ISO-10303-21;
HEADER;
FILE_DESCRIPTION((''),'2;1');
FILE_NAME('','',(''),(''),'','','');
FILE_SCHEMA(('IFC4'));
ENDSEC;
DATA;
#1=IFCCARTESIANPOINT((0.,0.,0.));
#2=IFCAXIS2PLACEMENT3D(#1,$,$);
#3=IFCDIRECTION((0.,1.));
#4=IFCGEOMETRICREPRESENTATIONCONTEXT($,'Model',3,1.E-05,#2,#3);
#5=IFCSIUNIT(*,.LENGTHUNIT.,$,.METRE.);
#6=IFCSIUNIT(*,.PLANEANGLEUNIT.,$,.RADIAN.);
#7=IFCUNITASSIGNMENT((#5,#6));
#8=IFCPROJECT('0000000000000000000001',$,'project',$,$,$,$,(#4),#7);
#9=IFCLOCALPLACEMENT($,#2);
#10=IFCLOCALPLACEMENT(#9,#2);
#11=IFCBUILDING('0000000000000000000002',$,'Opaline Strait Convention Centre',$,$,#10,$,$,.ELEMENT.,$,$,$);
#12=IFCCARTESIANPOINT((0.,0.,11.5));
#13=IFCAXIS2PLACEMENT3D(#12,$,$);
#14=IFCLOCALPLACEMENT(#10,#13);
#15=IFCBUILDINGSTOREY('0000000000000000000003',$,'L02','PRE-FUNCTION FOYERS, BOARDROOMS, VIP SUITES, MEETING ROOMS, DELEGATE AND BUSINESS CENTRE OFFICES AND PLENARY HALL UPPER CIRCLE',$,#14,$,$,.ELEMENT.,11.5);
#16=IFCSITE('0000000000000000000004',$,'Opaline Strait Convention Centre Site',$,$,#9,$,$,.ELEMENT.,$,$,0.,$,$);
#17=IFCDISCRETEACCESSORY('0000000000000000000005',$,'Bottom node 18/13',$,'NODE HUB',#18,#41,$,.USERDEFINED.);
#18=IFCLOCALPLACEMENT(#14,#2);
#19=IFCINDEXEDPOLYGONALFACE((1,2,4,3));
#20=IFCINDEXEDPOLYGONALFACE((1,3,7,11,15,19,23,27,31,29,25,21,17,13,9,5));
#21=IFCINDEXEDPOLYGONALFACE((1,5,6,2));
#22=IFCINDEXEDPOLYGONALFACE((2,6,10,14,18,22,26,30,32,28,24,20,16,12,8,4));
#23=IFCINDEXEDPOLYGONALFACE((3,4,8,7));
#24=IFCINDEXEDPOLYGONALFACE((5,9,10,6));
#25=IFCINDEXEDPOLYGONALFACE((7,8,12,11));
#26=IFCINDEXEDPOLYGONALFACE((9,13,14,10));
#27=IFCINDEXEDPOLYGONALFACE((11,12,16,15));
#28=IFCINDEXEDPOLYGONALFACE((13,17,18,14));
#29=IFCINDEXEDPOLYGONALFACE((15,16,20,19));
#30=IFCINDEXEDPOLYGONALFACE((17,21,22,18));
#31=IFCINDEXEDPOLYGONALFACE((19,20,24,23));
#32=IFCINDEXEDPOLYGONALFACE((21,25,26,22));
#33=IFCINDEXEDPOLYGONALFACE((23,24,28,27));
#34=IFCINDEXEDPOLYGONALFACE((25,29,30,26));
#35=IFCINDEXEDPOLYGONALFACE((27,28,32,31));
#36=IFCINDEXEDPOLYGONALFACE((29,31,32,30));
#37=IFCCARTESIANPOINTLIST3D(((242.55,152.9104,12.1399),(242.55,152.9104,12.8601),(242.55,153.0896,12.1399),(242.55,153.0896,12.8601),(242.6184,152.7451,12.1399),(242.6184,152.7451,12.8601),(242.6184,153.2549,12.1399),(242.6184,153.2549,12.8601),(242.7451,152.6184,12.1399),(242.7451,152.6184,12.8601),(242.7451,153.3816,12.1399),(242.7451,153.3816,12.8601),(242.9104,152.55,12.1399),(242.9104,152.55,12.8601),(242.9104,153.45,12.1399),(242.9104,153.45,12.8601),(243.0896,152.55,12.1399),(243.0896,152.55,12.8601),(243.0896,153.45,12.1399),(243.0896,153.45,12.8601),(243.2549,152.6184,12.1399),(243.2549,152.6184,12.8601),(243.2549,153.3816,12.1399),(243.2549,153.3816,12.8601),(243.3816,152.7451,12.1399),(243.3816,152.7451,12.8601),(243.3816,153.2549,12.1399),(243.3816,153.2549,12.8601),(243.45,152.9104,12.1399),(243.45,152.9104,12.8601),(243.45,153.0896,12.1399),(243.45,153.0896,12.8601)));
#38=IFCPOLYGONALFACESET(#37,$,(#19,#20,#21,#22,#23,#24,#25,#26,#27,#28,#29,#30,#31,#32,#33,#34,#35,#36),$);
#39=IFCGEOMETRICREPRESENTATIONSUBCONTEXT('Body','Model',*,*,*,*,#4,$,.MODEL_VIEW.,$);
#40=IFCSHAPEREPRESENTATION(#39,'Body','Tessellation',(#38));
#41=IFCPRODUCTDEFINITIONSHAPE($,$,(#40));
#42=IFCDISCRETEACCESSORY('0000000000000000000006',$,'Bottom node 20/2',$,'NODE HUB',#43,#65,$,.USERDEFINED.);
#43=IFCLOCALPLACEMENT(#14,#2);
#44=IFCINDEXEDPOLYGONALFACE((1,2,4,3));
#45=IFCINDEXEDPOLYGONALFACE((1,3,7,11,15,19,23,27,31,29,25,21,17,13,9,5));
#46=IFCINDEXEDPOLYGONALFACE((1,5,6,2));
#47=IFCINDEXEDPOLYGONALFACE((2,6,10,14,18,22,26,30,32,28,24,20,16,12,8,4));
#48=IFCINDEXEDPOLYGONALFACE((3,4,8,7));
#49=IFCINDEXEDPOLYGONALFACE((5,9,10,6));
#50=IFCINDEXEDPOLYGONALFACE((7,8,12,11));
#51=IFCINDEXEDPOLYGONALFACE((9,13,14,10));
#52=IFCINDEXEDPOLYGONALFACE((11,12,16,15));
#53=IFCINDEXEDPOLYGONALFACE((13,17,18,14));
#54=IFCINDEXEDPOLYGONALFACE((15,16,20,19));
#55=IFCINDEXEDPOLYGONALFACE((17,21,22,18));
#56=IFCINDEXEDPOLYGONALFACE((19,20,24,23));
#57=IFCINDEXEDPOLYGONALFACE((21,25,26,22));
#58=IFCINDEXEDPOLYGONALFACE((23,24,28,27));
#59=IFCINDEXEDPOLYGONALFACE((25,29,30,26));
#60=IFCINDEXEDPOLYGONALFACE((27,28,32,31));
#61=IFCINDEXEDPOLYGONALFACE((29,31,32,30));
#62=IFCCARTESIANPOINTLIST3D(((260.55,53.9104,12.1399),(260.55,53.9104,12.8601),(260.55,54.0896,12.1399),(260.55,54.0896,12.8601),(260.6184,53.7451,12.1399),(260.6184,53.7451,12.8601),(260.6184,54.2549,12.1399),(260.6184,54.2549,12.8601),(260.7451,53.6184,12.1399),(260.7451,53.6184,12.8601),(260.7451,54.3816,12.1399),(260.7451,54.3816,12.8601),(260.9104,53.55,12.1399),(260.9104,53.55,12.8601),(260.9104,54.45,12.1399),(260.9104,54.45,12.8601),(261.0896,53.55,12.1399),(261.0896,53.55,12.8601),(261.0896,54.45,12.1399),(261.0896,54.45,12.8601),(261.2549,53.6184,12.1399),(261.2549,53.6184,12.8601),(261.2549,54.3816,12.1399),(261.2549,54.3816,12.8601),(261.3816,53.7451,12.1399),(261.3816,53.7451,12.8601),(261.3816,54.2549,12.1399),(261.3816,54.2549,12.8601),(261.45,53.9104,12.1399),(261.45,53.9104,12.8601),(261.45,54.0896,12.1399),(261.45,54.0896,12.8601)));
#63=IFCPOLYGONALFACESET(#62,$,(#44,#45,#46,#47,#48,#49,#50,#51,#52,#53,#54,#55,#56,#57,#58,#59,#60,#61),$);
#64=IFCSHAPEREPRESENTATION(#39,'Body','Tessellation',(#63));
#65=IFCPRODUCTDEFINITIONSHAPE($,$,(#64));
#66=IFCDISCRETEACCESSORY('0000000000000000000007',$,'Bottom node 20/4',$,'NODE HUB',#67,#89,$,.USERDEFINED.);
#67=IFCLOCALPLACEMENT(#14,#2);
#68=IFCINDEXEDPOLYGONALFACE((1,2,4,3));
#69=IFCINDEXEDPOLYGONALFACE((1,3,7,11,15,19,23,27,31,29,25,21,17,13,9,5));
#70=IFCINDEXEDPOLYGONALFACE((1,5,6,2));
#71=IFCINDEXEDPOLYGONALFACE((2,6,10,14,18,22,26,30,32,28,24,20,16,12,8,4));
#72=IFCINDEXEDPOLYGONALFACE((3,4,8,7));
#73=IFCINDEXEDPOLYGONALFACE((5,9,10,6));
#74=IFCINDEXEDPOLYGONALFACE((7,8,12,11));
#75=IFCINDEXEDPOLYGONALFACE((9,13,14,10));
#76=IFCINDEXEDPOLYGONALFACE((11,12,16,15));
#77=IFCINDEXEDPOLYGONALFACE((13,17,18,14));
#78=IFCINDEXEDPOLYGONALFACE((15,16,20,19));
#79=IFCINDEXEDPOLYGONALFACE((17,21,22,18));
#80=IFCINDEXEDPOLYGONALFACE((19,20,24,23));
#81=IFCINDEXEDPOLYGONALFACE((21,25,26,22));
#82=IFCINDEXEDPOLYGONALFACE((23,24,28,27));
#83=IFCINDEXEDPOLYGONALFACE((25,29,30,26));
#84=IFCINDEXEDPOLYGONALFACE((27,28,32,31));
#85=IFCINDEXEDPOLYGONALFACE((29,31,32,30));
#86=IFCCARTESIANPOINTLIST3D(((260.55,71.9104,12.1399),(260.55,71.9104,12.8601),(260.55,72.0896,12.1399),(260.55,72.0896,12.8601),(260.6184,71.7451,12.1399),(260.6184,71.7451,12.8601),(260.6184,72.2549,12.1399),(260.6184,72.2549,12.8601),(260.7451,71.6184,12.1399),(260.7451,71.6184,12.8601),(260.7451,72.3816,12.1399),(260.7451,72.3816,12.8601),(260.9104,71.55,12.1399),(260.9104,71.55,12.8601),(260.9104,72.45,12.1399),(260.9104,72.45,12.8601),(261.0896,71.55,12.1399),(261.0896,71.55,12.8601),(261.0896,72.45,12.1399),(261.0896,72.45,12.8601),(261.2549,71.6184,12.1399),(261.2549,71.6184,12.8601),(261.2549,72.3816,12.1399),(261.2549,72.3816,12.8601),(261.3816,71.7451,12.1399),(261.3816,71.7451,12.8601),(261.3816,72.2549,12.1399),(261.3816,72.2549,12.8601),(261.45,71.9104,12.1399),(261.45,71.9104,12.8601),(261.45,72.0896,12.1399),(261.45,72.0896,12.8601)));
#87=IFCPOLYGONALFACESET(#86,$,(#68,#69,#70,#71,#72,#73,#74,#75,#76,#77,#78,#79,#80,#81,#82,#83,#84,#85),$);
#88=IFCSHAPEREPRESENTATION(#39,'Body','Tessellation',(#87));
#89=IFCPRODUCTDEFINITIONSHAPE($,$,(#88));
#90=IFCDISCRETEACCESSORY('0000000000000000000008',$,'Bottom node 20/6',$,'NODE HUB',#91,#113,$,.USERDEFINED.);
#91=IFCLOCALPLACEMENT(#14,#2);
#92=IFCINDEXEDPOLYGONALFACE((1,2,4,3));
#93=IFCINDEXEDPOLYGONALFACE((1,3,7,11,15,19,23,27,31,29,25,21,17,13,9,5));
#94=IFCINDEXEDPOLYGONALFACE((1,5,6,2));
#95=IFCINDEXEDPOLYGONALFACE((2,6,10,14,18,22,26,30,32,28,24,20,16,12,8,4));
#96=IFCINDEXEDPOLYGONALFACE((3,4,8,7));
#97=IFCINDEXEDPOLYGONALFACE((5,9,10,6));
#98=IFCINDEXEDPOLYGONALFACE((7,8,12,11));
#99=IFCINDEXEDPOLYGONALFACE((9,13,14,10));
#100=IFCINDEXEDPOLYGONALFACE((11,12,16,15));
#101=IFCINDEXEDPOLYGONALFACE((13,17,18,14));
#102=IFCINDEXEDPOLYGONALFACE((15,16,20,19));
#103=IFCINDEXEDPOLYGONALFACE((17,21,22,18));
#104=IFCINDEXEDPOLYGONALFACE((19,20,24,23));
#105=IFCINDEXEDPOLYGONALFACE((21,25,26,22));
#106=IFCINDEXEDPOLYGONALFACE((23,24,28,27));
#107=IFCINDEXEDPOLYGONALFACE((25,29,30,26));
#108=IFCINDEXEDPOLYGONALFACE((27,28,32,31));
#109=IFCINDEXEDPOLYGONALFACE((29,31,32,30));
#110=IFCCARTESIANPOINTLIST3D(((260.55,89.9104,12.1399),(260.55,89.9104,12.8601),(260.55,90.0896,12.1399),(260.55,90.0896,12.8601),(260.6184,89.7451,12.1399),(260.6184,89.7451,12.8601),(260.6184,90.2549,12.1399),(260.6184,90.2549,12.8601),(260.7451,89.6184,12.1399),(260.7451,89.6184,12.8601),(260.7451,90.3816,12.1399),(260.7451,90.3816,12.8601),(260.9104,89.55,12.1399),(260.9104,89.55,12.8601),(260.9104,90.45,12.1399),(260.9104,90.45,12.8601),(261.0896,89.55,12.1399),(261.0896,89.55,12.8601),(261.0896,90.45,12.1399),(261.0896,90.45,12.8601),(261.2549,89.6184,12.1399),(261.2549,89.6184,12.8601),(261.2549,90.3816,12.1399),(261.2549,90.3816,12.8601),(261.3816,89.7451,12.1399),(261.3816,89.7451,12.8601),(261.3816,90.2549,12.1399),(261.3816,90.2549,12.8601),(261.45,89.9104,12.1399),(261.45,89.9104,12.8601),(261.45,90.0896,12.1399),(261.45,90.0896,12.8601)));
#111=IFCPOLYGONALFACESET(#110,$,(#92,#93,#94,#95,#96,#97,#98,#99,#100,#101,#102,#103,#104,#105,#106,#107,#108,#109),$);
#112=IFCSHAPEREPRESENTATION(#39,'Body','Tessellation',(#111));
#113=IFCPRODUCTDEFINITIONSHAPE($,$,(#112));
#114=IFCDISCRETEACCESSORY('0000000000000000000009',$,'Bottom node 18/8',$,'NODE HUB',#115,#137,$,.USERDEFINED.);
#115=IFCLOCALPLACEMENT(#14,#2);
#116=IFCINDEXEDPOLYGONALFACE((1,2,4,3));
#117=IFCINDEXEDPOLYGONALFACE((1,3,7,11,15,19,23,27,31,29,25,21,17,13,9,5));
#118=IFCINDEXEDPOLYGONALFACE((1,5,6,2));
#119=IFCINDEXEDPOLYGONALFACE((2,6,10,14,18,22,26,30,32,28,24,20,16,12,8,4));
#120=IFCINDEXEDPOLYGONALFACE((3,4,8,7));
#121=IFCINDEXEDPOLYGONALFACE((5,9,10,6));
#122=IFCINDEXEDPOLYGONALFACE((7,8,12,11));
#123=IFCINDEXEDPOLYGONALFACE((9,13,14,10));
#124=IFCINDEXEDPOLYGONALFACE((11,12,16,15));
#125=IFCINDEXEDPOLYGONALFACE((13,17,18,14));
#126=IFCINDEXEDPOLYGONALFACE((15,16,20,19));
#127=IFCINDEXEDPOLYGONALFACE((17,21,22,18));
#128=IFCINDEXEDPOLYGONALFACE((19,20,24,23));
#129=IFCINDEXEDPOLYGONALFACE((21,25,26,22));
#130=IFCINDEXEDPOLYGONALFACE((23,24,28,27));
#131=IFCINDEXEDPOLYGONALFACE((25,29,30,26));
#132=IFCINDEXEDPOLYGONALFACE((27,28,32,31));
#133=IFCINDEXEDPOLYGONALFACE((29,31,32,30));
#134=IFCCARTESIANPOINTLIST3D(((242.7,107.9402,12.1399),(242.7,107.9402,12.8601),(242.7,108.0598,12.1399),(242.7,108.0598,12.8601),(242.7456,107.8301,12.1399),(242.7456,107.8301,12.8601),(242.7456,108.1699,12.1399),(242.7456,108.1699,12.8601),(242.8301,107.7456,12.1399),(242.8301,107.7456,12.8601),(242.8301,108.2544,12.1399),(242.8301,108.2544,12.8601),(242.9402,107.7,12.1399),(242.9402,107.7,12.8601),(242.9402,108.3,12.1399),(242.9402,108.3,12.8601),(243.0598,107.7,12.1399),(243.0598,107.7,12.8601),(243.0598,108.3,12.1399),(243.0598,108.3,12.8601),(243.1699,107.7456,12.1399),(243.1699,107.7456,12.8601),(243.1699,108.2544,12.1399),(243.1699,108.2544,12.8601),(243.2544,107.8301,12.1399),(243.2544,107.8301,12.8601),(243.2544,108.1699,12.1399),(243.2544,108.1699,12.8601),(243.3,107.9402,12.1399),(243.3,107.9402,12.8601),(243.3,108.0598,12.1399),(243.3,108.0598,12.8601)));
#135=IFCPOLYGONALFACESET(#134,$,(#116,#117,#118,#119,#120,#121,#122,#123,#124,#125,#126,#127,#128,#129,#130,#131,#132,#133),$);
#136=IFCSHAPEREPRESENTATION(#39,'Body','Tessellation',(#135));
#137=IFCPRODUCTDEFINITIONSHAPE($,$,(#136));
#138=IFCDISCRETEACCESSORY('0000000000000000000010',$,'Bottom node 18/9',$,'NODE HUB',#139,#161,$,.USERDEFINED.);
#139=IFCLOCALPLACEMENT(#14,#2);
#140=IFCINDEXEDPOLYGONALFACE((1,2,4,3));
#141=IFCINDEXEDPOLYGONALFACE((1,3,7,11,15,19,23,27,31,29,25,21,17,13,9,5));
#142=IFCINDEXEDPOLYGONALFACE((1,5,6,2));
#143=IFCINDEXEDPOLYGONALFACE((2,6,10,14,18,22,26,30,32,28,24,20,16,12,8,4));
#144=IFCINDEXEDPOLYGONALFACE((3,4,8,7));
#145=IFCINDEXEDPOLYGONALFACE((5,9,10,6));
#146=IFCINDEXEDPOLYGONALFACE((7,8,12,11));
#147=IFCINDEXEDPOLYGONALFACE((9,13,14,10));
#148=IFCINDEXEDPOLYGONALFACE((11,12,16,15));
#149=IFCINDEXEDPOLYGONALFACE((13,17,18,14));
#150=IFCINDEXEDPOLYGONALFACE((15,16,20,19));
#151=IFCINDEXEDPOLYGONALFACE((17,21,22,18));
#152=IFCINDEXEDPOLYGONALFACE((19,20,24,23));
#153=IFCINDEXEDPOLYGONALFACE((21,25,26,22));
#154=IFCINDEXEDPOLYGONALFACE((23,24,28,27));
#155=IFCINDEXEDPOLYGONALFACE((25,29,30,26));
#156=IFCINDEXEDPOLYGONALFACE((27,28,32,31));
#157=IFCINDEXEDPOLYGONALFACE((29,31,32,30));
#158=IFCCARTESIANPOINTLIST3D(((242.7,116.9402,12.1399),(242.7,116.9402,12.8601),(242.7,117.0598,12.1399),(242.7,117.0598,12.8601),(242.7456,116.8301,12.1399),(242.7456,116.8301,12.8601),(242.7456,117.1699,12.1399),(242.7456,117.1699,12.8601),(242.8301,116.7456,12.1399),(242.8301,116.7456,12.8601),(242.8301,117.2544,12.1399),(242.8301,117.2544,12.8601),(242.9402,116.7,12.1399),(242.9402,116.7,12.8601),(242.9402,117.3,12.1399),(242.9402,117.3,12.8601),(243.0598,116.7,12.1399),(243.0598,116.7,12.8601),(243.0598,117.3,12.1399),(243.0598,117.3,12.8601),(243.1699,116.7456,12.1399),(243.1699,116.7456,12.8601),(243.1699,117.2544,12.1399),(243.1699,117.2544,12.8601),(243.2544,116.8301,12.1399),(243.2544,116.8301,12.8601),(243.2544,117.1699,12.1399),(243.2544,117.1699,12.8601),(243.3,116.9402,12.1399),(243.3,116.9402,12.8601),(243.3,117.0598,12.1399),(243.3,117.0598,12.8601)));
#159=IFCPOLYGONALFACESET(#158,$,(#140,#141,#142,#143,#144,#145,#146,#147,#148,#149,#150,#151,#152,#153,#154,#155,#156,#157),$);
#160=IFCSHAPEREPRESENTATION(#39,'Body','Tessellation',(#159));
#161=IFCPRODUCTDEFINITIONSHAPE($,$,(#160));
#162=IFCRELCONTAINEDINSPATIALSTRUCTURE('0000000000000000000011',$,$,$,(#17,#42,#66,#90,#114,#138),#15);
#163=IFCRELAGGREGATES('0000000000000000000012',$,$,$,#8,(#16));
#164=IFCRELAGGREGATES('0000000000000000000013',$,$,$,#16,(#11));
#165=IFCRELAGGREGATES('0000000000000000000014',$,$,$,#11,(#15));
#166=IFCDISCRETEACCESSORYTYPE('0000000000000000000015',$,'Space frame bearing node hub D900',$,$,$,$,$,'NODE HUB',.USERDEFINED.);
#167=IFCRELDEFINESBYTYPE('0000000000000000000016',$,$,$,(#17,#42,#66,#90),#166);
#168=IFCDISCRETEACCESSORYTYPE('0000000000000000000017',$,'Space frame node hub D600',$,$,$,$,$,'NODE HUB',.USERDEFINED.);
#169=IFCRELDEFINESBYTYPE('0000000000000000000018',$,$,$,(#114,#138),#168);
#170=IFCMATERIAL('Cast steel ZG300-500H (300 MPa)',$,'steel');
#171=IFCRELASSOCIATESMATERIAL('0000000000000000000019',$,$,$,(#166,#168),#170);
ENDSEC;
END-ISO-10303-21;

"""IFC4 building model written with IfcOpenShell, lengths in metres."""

from ifc_helpers import new_model, si_unit, direction, frame, origin, place, context, subcontext, project, spatial, polyline, outline, extrude, material, type_object, element, save


model = new_model("IFC4")

# Units and contexts
model_context = context("Model", 3, precision=1e-05, world=origin(), true_north=direction((0.0, 1.0)))
body_context = subcontext(model_context, "Body", "Model", "MODEL_VIEW")
ifc_project = project(units=[si_unit("LENGTHUNIT", "METRE"), si_unit("PLANEANGLEUNIT", "RADIAN")], contexts=[model_context])

# Site, building, storey
site_placement = place(None, origin())
site = spatial("IfcSite", under=ifc_project, at=site_placement, Name="Opaline Strait Convention Centre Site", CompositionType="ELEMENT", RefElevation=0.0)
building_placement = place(site_placement, origin())
building = spatial("IfcBuilding", under=site, at=building_placement, Name="Opaline Strait Convention Centre", CompositionType="ELEMENT")
storey_placement = place(building_placement, frame((0.0, 0.0, 11.5)))
storey = spatial("IfcBuildingStorey", under=building, at=storey_placement, Name="L02", Description="PRE-FUNCTION FOYERS, BOARDROOMS, VIP SUITES, MEETING ROOMS, DELEGATE AND BUSINESS CENTRE OFFICES AND PLENARY HALL UPPER CIRCLE", CompositionType="ELEMENT", Elevation=11.5)

# Discrete accessories
ifc_material = material(Name="Cast steel ZG300-500H (300 MPa)", Category="steel")
discrete_accessory_type_1 = type_object("IfcDiscreteAccessoryType", Name="Space frame bearing node hub D900", ElementType="NODE HUB", PredefinedType="USERDEFINED", material=ifc_material)
discrete_accessory_1_placement = place(storey_placement, frame((0.0, 0.0, 12.1399)))
element("IfcDiscreteAccessory", 1, at=discrete_accessory_1_placement, inside=storey, type_object=discrete_accessory_type_1, Name="Bottom node 18/13", ObjectType="NODE HUB", PredefinedType="USERDEFINED", context=body_context, shape_type="SweptSolid", body=[
    extrude(outline(polyline([(243.45, 153.0896), (243.3816, 153.2549), (243.2549, 153.3816), (243.0896, 153.45), (242.9104, 153.45), (242.7451, 153.3816), (242.6184, 153.2549), (242.55, 153.0896), (242.55, 152.9104), (242.6184, 152.7451), (242.7451, 152.6184), (242.9104, 152.55), (243.0896, 152.55), (243.2549, 152.6184), (243.3816, 152.7451), (243.45, 152.9104), (243.45, 153.0896)])), origin(), (0.0, 0.0, 1.0), 0.7202),
])
discrete_accessory_2_placement = place(storey_placement, frame((0.0, 0.0, 12.1399)))
element("IfcDiscreteAccessory", 2, at=discrete_accessory_2_placement, inside=storey, type_object=discrete_accessory_type_1, Name="Bottom node 20/2", ObjectType="NODE HUB", PredefinedType="USERDEFINED", context=body_context, shape_type="SweptSolid", body=[
    extrude(outline(polyline([(261.45, 54.0896), (261.3816, 54.2549), (261.2549, 54.3816), (261.0896, 54.45), (260.9104, 54.45), (260.7451, 54.3816), (260.6184, 54.2549), (260.55, 54.0896), (260.55, 53.9104), (260.6184, 53.7451), (260.7451, 53.6184), (260.9104, 53.55), (261.0896, 53.55), (261.2549, 53.6184), (261.3816, 53.7451), (261.45, 53.9104), (261.45, 54.0896)])), origin(), (0.0, 0.0, 1.0), 0.7202),
])
discrete_accessory_3_placement = place(storey_placement, frame((0.0, 0.0, 12.1399)))
element("IfcDiscreteAccessory", 3, at=discrete_accessory_3_placement, inside=storey, type_object=discrete_accessory_type_1, Name="Bottom node 20/4", ObjectType="NODE HUB", PredefinedType="USERDEFINED", context=body_context, shape_type="SweptSolid", body=[
    extrude(outline(polyline([(261.45, 72.0896), (261.3816, 72.2549), (261.2549, 72.3816), (261.0896, 72.45), (260.9104, 72.45), (260.7451, 72.3816), (260.6184, 72.2549), (260.55, 72.0896), (260.55, 71.9104), (260.6184, 71.7451), (260.7451, 71.6184), (260.9104, 71.55), (261.0896, 71.55), (261.2549, 71.6184), (261.3816, 71.7451), (261.45, 71.9104), (261.45, 72.0896)])), origin(), (0.0, 0.0, 1.0), 0.7202),
])
discrete_accessory_4_placement = place(storey_placement, frame((0.0, 0.0, 12.1399)))
element("IfcDiscreteAccessory", 4, at=discrete_accessory_4_placement, inside=storey, type_object=discrete_accessory_type_1, Name="Bottom node 20/6", ObjectType="NODE HUB", PredefinedType="USERDEFINED", context=body_context, shape_type="SweptSolid", body=[
    extrude(outline(polyline([(261.45, 90.0896), (261.3816, 90.2549), (261.2549, 90.3816), (261.0896, 90.45), (260.9104, 90.45), (260.7451, 90.3816), (260.6184, 90.2549), (260.55, 90.0896), (260.55, 89.9104), (260.6184, 89.7451), (260.7451, 89.6184), (260.9104, 89.55), (261.0896, 89.55), (261.2549, 89.6184), (261.3816, 89.7451), (261.45, 89.9104), (261.45, 90.0896)])), origin(), (0.0, 0.0, 1.0), 0.7202),
])
discrete_accessory_type_2 = type_object("IfcDiscreteAccessoryType", Name="Space frame node hub D600", ElementType="NODE HUB", PredefinedType="USERDEFINED", material=ifc_material)
discrete_accessory_5_placement = place(storey_placement, frame((0.0, 0.0, 12.1399)))
element("IfcDiscreteAccessory", 5, at=discrete_accessory_5_placement, inside=storey, type_object=discrete_accessory_type_2, Name="Bottom node 18/8", ObjectType="NODE HUB", PredefinedType="USERDEFINED", context=body_context, shape_type="SweptSolid", body=[
    extrude(outline(polyline([(243.3, 108.0598), (243.2544, 108.1699), (243.1699, 108.2544), (243.0598, 108.3), (242.9402, 108.3), (242.8301, 108.2544), (242.7456, 108.1699), (242.7, 108.0598), (242.7, 107.9402), (242.7456, 107.8301), (242.8301, 107.7456), (242.9402, 107.7), (243.0598, 107.7), (243.1699, 107.7456), (243.2544, 107.8301), (243.3, 107.9402), (243.3, 108.0598)])), origin(), (0.0, 0.0, 1.0), 0.7202),
])
discrete_accessory_6_placement = place(storey_placement, frame((0.0, 0.0, 12.1399)))
element("IfcDiscreteAccessory", 6, at=discrete_accessory_6_placement, inside=storey, type_object=discrete_accessory_type_2, Name="Bottom node 18/9", ObjectType="NODE HUB", PredefinedType="USERDEFINED", context=body_context, shape_type="SweptSolid", body=[
    extrude(outline(polyline([(243.3, 117.0598), (243.2544, 117.1699), (243.1699, 117.2544), (243.0598, 117.3), (242.9402, 117.3), (242.8301, 117.2544), (242.7456, 117.1699), (242.7, 117.0598), (242.7, 116.9402), (242.7456, 116.8301), (242.8301, 116.7456), (242.9402, 116.7), (243.0598, 116.7), (243.1699, 116.7456), (243.2544, 116.8301), (243.3, 116.9402), (243.3, 117.0598)])), origin(), (0.0, 0.0, 1.0), 0.7202),
])

save(model, "model.ifc")
